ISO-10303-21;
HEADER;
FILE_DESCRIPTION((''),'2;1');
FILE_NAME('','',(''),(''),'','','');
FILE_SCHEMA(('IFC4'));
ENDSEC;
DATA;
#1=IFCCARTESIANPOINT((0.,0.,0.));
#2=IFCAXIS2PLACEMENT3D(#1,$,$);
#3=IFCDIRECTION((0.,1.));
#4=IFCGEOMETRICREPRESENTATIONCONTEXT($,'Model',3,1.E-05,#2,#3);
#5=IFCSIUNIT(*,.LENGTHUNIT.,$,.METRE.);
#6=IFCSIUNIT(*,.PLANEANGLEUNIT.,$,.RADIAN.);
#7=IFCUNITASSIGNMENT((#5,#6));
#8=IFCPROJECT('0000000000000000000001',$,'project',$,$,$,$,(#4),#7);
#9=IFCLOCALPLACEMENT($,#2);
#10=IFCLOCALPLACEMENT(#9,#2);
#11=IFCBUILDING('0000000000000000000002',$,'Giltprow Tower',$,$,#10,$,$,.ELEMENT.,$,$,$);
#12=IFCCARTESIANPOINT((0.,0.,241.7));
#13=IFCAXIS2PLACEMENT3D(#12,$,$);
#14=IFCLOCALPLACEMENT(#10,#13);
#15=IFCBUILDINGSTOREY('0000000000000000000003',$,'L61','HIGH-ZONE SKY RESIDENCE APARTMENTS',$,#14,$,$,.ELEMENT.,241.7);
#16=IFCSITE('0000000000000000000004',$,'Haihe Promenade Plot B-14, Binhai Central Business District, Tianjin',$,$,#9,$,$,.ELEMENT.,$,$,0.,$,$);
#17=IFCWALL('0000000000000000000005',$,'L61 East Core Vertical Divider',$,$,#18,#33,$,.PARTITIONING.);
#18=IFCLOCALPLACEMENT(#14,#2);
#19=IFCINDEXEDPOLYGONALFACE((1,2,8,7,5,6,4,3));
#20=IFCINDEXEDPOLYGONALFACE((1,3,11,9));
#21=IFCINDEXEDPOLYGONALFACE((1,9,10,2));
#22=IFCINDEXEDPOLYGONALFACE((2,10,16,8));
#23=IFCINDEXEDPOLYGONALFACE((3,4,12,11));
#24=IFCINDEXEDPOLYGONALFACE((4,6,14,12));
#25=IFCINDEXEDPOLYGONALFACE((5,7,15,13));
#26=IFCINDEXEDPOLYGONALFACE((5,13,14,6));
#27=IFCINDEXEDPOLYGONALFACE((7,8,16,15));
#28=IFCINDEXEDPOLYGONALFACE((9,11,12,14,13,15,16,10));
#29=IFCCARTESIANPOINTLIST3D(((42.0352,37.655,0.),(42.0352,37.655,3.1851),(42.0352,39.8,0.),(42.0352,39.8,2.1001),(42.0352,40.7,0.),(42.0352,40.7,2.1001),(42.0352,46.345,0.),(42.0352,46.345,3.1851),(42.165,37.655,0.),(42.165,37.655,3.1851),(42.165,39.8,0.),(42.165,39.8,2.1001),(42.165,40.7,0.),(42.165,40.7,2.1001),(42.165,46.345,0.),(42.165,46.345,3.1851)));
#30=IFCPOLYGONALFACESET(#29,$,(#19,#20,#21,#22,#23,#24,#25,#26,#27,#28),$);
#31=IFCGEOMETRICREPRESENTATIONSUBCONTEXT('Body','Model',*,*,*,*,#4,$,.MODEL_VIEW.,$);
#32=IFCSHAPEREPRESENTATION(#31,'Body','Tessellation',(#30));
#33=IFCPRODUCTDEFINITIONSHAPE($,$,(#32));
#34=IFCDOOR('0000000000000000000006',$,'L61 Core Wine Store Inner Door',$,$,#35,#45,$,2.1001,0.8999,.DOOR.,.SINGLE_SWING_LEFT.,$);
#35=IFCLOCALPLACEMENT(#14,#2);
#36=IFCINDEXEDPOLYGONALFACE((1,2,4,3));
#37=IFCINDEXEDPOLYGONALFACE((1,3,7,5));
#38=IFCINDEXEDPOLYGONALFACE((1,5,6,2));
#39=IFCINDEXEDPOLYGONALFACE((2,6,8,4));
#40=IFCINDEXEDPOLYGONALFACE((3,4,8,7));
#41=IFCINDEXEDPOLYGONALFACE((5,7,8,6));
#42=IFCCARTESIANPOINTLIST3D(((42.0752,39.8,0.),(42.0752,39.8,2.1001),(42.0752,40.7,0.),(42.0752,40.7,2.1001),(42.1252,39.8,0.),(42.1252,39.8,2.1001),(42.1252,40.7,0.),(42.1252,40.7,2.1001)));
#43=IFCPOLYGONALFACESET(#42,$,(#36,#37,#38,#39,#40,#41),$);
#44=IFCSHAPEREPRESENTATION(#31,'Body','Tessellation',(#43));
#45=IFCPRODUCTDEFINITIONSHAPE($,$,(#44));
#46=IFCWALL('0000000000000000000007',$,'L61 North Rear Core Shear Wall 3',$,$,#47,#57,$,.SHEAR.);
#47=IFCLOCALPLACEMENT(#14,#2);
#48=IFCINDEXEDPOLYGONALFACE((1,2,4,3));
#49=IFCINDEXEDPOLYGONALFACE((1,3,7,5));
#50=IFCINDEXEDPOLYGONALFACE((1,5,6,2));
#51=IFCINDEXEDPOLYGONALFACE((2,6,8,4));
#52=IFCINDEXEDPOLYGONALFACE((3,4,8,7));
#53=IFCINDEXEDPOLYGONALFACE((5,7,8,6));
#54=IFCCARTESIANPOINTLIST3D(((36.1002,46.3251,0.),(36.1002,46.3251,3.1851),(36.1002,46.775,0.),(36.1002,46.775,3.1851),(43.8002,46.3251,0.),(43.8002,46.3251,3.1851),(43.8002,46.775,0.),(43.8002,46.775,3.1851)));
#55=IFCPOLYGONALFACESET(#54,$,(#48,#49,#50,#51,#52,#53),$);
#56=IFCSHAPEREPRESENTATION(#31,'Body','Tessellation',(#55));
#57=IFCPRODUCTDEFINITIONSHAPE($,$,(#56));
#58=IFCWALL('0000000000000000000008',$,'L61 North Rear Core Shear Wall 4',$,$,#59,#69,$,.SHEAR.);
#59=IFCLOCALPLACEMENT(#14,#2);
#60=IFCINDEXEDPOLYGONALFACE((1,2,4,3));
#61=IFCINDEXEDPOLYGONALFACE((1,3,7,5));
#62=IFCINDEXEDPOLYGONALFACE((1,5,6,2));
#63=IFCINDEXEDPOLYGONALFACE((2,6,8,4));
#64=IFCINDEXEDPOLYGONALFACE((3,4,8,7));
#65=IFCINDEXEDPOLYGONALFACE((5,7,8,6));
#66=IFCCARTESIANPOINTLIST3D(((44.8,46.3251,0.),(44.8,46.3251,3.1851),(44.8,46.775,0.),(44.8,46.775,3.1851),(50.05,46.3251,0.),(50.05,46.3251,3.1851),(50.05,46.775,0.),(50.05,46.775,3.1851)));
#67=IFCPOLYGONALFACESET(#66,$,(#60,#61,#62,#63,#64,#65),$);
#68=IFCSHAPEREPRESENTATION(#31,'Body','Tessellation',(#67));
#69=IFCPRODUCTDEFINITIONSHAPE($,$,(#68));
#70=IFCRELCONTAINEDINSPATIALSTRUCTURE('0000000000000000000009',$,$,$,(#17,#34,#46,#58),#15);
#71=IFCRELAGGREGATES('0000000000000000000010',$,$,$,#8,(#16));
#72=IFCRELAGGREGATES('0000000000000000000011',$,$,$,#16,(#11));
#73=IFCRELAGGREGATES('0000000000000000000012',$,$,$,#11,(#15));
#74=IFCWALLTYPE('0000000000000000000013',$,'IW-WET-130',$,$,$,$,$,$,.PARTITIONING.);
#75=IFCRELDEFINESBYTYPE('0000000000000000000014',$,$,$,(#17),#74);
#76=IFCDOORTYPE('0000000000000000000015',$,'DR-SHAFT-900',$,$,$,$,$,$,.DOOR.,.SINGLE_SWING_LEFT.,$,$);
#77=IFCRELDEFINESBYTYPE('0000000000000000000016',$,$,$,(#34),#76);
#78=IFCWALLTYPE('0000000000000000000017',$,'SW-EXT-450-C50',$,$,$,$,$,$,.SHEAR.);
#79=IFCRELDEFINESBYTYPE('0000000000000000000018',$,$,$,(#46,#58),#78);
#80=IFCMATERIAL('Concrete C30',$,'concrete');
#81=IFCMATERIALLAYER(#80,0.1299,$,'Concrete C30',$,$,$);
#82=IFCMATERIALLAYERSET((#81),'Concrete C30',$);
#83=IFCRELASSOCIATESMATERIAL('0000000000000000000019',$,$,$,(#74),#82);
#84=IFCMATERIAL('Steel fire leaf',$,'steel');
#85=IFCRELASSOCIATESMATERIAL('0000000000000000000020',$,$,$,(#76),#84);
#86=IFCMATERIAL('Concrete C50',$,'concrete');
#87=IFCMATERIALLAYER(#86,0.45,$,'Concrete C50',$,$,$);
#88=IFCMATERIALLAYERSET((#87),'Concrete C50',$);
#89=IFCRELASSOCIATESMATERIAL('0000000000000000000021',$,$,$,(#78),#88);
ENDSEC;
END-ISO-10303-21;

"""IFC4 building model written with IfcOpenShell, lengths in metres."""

from ifc_helpers import new_model, si_unit, direction, frame, frame_2d, origin, place, context, subcontext, project, spatial, rectangle, extrude, source, transform, mapped, material, layer, layer_set, type_object, element, fill, save


model = new_model("IFC4")

# Units and contexts
model_context = context("Model", 3, precision=1e-05, world=origin(), true_north=direction((0.0, 1.0)))
body_context = subcontext(model_context, "Body", "Model", "MODEL_VIEW")
ifc_project = project(units=[si_unit("LENGTHUNIT", "METRE"), si_unit("PLANEANGLEUNIT", "RADIAN")], contexts=[model_context])

# Site, building, storey
site_placement = place(None, origin())
site = spatial("IfcSite", under=ifc_project, at=site_placement, Name="Haihe Promenade Plot B-14, Binhai Central Business District, Tianjin", CompositionType="ELEMENT", RefElevation=0.0)
building_placement = place(site_placement, origin())
building = spatial("IfcBuilding", under=site, at=building_placement, Name="Giltprow Tower", CompositionType="ELEMENT")
storey_placement = place(building_placement, frame((0.0, 0.0, 241.7)))
storey = spatial("IfcBuildingStorey", under=building, at=storey_placement, Name="L61", Description="HIGH-ZONE SKY RESIDENCE APARTMENTS", CompositionType="ELEMENT", Elevation=241.7)

# Shared definitions
ifc_material_1 = material(Name="Concrete C50", Category="concrete")

# Shared definitions
ifc_material_2 = material(Name="Concrete C30", Category="concrete")
ifc_layer_1 = layer(ifc_material_2, 0.1299, Name="Concrete C30")
ifc_layer_set_1 = layer_set([ifc_layer_1], Name="Concrete C30")
wall_type_1 = type_object("IfcWallType", Name="IW-WET-130", PredefinedType="PARTITIONING", material=ifc_layer_set_1)

# Wall, opening, door
wall_1_placement = place(storey_placement, frame((42.1001, 37.655, 0.0), z_axis=(0.0, 0.0, 1.0), x_axis=(0.0, 1.0, 0.0)))
wall_1 = element("IfcWall", 1, at=wall_1_placement, inside=storey, type_object=wall_type_1, Name="L61 East Core Vertical Divider", PredefinedType="PARTITIONING", context=body_context, shape_type="SweptSolid", body=[
    extrude(rectangle(XDim=8.6899, YDim=0.1299, at=frame_2d((4.345, 0.0))), origin(), (0.0, 0.0, 1.0), 3.1851),
])
opening_1_placement = place(wall_1_placement, frame((2.145, 0.0, 0.0)))
opening_1 = element("IfcOpeningElement", 2, at=opening_1_placement, cuts=wall_1, PredefinedType="OPENING", context=body_context, shape_type="SweptSolid", body=[
    extrude(rectangle(XDim=0.8999, YDim=2.1001, at=frame_2d((0.45, 1.05))), frame((0.0, 0.075, 0.0), z_axis=(0.0, -1.0, 0.0), x_axis=(1.0, 0.0, 0.0)), (0.0, 0.0, 1.0), 0.1499),
])
ifc_material_3 = material(Name="Steel fire leaf", Category="steel")
door_type_1 = type_object("IfcDoorType", Name="DR-SHAFT-900", OperationType="SINGLE_SWING_LEFT", PredefinedType="DOOR", material=ifc_material_3)
shared_shape_1 = source(origin(), body_context, "Body", "SweptSolid", [
    extrude(rectangle(XDim=0.8999, YDim=2.1001, at=frame_2d((0.45, 1.05))), frame((0.0, 0.0249, 0.0), z_axis=(0.0, -1.0, 0.0), x_axis=(1.0, 0.0, 0.0)), (0.0, 0.0, 1.0), 0.05),
])
door_1_placement = place(opening_1_placement, origin())
door_1 = element("IfcDoor", 3, at=door_1_placement, inside=storey, type_object=door_type_1, Name="L61 Core Wine Store Inner Door", OperationType="SINGLE_SWING_LEFT", OverallHeight=2.1001, OverallWidth=0.8999, PredefinedType="DOOR", context=body_context, shape_type="MappedRepresentation", body=[
    mapped(shared_shape_1, transform((0.0, 0.0, 0.0), x_axis=(1.0, 0.0, 0.0), y_axis=(0.0, 1.0, 0.0), z_axis=(0.0, 0.0, 1.0), scale=1.0)),
])
fill(opening_1, door_1)

# Walls
ifc_layer_2 = layer(ifc_material_1, 0.45, Name="Concrete C50")
ifc_layer_set_2 = layer_set([ifc_layer_2], Name="Concrete C50")
wall_type_2 = type_object("IfcWallType", Name="SW-EXT-450-C50", PredefinedType="SHEAR", material=ifc_layer_set_2)
wall_2_placement = place(storey_placement, frame((36.1001, 46.55, 0.0), z_axis=(0.0, 0.0, 1.0), x_axis=(1.0, 0.0, 0.0)))
element("IfcWall", 4, at=wall_2_placement, inside=storey, type_object=wall_type_2, Name="L61 North Rear Core Shear Wall 3", PredefinedType="SHEAR", context=body_context, shape_type="SweptSolid", body=[
    extrude(rectangle(XDim=7.7, YDim=0.45, at=frame_2d((3.8501, 0.0))), origin(), (0.0, 0.0, 1.0), 3.1851),
])
wall_3_placement = place(storey_placement, frame((44.8, 46.55, 0.0), z_axis=(0.0, 0.0, 1.0), x_axis=(1.0, 0.0, 0.0)))
element("IfcWall", 5, at=wall_3_placement, inside=storey, type_object=wall_type_2, Name="L61 North Rear Core Shear Wall 4", PredefinedType="SHEAR", context=body_context, shape_type="SweptSolid", body=[
    extrude(rectangle(XDim=5.25, YDim=0.45, at=frame_2d((2.625, 0.0))), origin(), (0.0, 0.0, 1.0), 3.1851),
])

save(model, "model.ifc")
